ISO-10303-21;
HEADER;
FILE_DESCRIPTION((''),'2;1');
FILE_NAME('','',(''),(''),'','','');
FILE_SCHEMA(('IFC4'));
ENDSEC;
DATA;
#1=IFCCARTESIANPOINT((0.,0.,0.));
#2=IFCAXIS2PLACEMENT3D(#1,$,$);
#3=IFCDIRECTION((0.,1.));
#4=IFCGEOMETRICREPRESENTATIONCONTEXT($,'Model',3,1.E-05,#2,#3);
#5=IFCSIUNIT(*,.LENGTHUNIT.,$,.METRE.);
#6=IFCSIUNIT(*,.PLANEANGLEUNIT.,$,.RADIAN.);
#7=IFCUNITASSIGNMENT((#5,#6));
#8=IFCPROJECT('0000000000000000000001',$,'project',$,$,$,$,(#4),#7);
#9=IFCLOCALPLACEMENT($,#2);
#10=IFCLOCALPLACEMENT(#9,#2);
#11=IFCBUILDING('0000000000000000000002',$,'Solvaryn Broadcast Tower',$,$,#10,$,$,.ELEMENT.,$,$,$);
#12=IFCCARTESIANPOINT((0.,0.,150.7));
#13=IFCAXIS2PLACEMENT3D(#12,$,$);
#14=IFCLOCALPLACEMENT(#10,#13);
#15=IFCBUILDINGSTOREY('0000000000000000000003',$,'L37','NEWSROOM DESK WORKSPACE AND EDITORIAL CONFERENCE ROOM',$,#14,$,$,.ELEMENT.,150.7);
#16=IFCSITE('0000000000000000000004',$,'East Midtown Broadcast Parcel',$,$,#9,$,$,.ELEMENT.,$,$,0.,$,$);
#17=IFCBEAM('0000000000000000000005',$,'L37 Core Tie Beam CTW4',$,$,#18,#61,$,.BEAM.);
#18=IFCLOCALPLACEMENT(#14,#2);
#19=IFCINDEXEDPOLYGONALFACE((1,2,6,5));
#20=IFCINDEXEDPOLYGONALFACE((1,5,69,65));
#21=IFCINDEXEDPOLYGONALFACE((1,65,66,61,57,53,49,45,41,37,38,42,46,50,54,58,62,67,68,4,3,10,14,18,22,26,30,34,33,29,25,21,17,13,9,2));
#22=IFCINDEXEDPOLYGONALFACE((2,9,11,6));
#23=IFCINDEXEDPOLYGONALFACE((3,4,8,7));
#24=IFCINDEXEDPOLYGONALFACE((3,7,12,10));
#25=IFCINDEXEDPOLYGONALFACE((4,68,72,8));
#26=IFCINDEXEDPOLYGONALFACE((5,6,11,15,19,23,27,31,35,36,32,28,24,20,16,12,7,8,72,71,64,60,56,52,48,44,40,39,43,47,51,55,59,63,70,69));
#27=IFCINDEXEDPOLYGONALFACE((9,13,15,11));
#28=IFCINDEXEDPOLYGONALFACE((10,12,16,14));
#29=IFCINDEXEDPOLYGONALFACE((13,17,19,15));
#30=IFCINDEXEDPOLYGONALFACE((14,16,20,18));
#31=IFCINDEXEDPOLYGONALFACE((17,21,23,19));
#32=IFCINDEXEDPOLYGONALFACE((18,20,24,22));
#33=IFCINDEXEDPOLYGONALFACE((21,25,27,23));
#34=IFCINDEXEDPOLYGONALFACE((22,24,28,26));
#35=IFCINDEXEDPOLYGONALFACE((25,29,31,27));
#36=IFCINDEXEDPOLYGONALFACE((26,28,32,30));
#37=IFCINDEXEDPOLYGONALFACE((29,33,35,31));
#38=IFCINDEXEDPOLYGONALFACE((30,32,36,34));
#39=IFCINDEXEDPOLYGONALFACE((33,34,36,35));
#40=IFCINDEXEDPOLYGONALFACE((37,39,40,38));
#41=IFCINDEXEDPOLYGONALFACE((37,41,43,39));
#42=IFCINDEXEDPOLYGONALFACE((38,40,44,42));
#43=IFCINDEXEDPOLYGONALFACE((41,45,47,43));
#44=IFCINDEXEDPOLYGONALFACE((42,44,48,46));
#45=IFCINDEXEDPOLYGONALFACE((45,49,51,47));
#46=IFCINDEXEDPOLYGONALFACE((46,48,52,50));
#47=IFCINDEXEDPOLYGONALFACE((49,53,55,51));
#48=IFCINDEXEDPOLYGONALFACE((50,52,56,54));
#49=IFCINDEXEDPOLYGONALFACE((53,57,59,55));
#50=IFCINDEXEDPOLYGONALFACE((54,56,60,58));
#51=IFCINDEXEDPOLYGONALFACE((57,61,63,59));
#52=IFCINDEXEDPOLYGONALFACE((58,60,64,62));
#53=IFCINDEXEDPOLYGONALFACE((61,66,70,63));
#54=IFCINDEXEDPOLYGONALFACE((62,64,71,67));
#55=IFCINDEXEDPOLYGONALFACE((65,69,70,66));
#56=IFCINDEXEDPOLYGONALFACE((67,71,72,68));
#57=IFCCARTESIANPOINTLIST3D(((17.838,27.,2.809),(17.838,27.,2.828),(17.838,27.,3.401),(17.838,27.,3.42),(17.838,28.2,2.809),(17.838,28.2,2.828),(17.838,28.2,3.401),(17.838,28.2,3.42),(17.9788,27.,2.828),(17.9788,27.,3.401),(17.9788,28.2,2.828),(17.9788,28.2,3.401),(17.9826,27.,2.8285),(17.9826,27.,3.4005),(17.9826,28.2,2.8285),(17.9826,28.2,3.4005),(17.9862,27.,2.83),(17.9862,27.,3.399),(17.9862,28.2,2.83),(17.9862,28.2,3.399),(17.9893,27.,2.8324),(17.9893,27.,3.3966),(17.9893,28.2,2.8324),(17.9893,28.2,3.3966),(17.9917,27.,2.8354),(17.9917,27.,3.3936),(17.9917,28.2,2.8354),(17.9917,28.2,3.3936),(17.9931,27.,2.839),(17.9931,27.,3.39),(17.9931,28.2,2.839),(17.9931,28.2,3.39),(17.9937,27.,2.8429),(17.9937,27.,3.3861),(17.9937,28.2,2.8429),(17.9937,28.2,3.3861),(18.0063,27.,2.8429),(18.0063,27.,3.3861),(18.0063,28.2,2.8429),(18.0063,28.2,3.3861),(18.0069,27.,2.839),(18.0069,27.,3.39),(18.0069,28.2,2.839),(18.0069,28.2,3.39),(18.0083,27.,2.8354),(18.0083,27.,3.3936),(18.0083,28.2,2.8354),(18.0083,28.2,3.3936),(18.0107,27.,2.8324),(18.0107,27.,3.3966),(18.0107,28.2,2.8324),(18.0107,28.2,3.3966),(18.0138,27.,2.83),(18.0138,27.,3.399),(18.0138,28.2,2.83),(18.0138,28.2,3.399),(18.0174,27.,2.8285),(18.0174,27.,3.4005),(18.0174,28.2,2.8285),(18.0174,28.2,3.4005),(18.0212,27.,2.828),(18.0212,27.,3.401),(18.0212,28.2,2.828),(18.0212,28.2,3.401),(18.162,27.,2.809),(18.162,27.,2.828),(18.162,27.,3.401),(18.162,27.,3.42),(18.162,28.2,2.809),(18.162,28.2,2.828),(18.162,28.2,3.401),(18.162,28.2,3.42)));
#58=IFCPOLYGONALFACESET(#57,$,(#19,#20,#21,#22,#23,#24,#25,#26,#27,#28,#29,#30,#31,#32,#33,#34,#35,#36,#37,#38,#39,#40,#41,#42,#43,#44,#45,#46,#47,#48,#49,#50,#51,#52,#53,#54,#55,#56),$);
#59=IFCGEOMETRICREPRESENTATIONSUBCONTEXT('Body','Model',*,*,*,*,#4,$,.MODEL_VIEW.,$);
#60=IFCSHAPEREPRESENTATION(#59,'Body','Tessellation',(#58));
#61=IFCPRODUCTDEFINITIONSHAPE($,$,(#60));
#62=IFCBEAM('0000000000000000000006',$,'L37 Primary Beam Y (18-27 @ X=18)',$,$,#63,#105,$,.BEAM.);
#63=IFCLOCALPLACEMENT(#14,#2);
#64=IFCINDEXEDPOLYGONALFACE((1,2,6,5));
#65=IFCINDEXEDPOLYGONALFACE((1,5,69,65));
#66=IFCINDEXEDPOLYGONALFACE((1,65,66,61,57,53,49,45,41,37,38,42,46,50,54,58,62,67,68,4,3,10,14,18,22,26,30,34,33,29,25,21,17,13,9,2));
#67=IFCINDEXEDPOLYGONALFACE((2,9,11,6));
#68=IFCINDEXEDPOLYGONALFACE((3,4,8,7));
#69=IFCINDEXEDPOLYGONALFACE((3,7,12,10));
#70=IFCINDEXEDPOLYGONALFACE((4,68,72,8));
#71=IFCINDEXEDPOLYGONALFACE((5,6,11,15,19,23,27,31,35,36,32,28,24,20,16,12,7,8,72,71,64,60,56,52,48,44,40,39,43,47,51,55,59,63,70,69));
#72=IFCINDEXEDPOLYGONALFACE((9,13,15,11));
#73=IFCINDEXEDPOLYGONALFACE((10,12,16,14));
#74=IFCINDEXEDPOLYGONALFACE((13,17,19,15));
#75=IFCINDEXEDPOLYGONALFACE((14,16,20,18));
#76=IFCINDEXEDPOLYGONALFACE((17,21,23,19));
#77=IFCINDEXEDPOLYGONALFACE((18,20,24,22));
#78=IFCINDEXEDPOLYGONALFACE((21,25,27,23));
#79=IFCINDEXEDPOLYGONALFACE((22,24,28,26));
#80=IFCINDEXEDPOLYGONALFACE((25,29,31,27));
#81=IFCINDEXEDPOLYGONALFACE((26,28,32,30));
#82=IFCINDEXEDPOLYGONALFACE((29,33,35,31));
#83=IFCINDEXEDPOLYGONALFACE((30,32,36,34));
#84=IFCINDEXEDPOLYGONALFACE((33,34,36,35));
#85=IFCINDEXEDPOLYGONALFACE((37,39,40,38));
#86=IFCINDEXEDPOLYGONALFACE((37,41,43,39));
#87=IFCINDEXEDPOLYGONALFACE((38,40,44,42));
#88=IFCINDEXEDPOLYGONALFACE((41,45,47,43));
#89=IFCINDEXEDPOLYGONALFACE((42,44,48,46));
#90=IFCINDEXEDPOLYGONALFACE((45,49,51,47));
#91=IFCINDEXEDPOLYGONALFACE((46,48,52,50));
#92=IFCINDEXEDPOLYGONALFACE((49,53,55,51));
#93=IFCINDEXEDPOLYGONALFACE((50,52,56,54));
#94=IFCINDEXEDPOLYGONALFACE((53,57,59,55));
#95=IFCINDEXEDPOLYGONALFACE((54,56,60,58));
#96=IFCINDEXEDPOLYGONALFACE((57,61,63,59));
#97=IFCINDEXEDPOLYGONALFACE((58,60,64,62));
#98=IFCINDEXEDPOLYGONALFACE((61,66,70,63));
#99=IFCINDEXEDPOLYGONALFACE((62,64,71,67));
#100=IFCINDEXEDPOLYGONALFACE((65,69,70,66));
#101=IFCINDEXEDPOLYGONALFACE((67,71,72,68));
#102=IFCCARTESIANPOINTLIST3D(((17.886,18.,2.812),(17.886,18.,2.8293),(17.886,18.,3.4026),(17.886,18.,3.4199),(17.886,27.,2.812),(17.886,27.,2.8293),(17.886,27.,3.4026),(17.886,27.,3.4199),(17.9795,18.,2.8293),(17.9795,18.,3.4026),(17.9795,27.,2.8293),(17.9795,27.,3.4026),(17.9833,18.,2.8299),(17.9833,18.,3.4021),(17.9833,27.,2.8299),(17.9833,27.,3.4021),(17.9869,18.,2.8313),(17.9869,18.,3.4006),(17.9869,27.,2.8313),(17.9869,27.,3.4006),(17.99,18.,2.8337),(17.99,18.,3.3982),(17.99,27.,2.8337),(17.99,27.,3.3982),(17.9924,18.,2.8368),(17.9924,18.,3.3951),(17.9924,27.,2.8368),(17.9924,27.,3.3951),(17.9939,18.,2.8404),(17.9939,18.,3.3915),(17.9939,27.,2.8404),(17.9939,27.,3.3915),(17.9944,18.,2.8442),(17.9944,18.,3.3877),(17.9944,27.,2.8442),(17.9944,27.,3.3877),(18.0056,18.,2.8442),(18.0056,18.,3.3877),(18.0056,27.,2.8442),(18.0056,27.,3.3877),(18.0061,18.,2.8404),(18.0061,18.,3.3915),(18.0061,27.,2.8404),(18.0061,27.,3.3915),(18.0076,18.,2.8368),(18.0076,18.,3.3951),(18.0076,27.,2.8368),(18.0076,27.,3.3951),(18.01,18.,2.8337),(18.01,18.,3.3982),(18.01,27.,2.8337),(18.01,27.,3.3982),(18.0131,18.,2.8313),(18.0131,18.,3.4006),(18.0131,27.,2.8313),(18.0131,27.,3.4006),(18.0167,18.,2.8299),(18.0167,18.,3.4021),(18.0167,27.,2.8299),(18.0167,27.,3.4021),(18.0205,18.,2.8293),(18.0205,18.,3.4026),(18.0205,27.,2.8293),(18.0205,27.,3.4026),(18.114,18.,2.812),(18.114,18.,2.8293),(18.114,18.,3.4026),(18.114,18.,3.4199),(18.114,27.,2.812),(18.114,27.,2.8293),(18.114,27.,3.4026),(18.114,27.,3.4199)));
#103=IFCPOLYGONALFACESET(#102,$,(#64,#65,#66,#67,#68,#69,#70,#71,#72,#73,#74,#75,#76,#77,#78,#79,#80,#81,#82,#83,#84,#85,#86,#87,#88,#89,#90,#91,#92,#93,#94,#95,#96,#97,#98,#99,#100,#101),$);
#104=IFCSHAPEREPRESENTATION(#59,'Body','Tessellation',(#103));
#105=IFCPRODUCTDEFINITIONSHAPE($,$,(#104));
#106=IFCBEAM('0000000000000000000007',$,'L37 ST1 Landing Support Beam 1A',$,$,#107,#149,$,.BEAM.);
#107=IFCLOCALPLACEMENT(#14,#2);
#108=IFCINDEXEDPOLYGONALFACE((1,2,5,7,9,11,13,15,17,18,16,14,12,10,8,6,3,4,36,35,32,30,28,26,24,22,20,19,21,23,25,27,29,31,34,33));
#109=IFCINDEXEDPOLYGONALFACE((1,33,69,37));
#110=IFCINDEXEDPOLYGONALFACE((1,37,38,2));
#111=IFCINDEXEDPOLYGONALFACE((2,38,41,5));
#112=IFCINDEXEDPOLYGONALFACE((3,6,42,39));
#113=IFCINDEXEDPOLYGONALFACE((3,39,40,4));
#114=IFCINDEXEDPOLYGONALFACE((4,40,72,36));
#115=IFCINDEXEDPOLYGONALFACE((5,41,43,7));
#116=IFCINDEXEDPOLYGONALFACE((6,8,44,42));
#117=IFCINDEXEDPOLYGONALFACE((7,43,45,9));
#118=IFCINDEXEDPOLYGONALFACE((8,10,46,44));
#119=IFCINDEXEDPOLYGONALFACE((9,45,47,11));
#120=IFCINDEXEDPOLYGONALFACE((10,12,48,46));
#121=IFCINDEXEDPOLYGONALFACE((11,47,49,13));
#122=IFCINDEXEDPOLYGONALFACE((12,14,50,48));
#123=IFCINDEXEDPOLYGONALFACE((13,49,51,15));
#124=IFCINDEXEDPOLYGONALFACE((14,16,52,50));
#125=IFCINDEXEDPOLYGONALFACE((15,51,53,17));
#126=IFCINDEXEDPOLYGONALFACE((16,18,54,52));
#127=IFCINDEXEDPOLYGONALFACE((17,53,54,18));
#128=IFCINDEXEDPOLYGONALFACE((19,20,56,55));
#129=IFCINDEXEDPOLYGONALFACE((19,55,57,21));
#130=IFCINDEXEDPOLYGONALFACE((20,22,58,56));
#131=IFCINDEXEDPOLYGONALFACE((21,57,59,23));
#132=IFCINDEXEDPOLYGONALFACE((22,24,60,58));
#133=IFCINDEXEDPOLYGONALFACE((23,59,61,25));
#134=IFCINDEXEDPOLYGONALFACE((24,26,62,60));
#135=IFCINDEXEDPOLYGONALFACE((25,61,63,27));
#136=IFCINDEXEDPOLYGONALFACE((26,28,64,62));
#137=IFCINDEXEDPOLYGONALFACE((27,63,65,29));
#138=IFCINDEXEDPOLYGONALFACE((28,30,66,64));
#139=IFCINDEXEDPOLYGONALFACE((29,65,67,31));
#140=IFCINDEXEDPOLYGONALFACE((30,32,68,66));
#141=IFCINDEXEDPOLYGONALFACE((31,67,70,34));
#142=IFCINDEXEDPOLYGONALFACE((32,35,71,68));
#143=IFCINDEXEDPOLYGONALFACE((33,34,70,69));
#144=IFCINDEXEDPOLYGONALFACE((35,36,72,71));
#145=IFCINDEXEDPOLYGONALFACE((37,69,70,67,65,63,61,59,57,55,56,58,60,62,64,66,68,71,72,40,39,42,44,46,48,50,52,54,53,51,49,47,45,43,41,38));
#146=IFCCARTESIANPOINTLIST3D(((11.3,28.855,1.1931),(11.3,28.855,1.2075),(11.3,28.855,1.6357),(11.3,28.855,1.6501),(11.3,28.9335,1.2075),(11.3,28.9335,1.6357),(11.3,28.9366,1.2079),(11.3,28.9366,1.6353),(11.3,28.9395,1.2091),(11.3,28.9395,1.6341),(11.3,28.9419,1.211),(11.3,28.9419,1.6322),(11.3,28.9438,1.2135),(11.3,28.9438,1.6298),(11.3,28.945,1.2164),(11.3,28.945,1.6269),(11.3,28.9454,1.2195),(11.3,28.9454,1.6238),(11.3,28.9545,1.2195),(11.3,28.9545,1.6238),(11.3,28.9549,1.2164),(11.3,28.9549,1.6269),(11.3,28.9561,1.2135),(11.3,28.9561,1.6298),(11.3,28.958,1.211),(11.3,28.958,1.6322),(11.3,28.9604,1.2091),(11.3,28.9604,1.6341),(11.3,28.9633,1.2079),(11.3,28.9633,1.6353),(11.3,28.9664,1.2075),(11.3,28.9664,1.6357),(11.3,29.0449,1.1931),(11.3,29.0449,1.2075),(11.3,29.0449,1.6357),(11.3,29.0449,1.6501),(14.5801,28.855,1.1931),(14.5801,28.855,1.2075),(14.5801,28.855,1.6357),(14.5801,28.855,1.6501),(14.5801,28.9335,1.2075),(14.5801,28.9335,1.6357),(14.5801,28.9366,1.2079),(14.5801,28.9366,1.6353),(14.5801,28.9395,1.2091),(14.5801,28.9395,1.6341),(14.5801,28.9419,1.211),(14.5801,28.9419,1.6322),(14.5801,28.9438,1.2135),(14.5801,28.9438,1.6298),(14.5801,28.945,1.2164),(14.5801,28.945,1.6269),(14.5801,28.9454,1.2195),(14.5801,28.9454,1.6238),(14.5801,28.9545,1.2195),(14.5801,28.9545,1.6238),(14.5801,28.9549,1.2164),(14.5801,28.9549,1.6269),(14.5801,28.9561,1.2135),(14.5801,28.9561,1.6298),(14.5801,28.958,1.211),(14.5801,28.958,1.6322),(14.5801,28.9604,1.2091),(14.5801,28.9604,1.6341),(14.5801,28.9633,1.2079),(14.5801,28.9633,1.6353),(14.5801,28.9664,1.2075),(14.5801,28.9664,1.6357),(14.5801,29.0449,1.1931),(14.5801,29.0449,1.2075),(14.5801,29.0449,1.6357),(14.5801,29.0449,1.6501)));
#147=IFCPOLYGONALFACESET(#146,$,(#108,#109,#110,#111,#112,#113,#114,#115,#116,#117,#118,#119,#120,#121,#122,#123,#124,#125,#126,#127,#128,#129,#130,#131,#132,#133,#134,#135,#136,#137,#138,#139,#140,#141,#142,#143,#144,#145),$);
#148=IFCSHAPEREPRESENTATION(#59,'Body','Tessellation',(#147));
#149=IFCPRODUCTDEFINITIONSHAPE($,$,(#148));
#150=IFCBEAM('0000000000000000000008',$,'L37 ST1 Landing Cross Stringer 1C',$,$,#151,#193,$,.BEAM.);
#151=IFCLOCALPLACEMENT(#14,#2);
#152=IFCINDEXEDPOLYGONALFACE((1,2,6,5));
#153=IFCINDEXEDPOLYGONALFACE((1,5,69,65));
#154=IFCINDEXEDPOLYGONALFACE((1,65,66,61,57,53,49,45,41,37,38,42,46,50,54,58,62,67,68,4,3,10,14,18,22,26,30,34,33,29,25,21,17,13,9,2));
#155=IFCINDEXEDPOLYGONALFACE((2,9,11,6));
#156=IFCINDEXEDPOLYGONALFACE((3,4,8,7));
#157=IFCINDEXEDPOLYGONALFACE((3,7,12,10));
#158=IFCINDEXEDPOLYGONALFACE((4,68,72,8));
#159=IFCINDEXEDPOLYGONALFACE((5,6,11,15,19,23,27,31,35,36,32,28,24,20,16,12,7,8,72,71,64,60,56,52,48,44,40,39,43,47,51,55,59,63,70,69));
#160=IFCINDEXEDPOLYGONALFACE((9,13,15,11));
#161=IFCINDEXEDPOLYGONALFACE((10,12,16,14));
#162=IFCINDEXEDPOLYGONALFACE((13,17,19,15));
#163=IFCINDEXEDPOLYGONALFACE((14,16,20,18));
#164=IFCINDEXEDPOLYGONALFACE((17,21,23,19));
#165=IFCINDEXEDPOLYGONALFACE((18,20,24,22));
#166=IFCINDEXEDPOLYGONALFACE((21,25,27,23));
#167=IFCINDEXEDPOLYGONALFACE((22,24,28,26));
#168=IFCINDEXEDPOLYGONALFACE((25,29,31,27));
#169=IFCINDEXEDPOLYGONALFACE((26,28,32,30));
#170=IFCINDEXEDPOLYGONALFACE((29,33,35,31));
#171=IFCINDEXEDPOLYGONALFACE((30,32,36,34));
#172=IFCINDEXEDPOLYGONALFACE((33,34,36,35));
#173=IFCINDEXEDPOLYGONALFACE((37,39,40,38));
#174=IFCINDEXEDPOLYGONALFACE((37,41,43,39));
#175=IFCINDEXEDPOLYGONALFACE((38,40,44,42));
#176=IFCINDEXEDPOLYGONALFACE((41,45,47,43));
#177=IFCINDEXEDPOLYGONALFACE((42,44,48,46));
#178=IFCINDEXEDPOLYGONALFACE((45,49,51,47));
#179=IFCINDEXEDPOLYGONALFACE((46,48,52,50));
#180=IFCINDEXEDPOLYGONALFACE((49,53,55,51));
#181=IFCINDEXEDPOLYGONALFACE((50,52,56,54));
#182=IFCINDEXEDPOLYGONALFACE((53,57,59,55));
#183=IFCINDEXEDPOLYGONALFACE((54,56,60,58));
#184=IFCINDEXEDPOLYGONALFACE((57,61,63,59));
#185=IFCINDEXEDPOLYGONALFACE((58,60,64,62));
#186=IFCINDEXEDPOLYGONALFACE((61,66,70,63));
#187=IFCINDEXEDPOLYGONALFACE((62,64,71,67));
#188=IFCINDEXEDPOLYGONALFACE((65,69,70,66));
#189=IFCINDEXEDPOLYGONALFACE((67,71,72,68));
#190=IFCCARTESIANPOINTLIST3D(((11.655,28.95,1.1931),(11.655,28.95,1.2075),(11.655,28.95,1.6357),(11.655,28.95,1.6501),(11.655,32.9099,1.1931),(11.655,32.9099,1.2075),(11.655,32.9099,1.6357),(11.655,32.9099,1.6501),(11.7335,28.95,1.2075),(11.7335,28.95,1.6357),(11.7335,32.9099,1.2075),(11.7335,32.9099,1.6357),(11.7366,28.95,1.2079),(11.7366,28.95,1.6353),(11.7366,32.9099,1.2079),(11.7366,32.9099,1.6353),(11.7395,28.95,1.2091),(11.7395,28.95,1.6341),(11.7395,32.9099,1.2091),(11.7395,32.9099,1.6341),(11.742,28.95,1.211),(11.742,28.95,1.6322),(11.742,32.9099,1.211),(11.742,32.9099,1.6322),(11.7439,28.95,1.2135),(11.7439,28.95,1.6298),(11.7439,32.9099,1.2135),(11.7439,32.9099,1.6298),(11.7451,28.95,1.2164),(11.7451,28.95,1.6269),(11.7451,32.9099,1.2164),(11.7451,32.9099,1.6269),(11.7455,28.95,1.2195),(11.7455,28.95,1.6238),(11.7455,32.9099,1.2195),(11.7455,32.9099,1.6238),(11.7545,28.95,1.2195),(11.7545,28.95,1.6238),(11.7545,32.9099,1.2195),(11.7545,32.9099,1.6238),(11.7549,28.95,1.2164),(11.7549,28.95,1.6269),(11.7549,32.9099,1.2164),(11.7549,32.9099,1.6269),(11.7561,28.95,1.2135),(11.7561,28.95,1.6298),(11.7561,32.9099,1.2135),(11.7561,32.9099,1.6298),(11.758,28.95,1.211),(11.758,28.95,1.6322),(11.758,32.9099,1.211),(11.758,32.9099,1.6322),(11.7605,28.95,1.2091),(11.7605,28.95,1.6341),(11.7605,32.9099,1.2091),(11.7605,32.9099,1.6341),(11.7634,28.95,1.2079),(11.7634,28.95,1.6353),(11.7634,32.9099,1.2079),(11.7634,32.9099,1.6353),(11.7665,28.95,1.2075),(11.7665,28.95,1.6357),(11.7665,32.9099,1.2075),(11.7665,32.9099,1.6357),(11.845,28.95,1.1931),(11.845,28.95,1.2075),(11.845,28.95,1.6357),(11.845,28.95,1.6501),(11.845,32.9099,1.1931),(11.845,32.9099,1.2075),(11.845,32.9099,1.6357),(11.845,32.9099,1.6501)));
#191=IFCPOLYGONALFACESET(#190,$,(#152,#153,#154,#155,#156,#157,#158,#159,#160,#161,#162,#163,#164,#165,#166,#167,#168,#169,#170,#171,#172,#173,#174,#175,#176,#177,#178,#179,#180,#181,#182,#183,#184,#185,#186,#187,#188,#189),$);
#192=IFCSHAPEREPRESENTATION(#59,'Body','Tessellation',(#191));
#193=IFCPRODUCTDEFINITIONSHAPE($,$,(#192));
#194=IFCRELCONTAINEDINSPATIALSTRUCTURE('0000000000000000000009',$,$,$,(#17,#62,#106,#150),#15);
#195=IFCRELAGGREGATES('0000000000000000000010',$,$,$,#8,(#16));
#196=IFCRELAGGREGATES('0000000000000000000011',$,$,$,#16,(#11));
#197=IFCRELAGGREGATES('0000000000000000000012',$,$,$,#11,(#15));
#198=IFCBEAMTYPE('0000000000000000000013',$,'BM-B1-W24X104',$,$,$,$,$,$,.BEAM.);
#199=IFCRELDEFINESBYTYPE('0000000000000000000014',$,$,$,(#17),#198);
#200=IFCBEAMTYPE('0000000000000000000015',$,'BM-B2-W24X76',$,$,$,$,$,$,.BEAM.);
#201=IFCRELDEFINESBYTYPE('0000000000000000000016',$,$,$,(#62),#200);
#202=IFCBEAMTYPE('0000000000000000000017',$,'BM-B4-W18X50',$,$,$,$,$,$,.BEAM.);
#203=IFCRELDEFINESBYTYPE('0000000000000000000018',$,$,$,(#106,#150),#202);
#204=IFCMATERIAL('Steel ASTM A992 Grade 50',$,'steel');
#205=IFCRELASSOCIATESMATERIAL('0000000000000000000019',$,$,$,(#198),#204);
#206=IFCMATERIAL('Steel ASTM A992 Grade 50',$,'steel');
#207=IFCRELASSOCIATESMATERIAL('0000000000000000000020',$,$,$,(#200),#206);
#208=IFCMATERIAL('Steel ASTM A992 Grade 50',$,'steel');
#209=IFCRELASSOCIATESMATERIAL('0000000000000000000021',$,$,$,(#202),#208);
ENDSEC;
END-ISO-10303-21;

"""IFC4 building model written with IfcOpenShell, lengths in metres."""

from ifc_helpers import new_model, si_unit, direction, frame, origin, origin_2d, place, context, subcontext, project, spatial, i_section, extrude, material, material_profile, profile_set, type_object, element, save


model = new_model("IFC4")

# Units and contexts
model_context = context("Model", 3, precision=1e-05, world=origin(), true_north=direction((0.0, 1.0)))
body_context = subcontext(model_context, "Body", "Model", "MODEL_VIEW")
ifc_project = project(units=[si_unit("LENGTHUNIT", "METRE"), si_unit("PLANEANGLEUNIT", "RADIAN")], contexts=[model_context])

# Site, building, storey
site_placement = place(None, origin())
site = spatial("IfcSite", under=ifc_project, at=site_placement, Name="East Midtown Broadcast Parcel", CompositionType="ELEMENT", RefElevation=0.0)
building_placement = place(site_placement, origin())
building = spatial("IfcBuilding", under=site, at=building_placement, Name="Solvaryn Broadcast Tower", CompositionType="ELEMENT")
storey_placement = place(building_placement, frame((0.0, 0.0, 150.7)))
storey = spatial("IfcBuildingStorey", under=building, at=storey_placement, Name="L37", Description="NEWSROOM DESK WORKSPACE AND EDITORIAL CONFERENCE ROOM", CompositionType="ELEMENT", Elevation=150.7)

# Beams
ifc_material_1 = material(Name="Steel ASTM A992 Grade 50", Category="steel")
ifc_material_profile_1 = material_profile(ifc_material_1, i_section(OverallWidth=0.324, OverallDepth=0.6111, WebThickness=0.0127, FlangeThickness=0.019, FilletRadius=0.0149, at=origin_2d()))
ifc_profile_set_1 = profile_set([ifc_material_profile_1], Name="Steel ASTM A992 Grade 50")
beam_type_1 = type_object("IfcBeamType", Name="BM-B1-W24X104", PredefinedType="BEAM", material=ifc_profile_set_1)
beam_1_placement = place(storey_placement, frame((18.0, 27.0, 3.1145), z_axis=(0.0, 1.0, 0.0), x_axis=(-1.0, 0.0, 0.0)))
element("IfcBeam", 1, at=beam_1_placement, inside=storey, type_object=beam_type_1, Name="L37 Core Tie Beam CTW4", PredefinedType="BEAM", context=body_context, shape_type="SweptSolid", body=[
    extrude(i_section(OverallWidth=0.324, OverallDepth=0.6111, WebThickness=0.0127, FlangeThickness=0.019, FilletRadius=0.0149, at=origin_2d()), origin(), (0.0, 0.0, 1.0), 1.2),
])
ifc_material_2 = material(Name="Steel ASTM A992 Grade 50", Category="steel")
ifc_material_profile_2 = material_profile(ifc_material_2, i_section(OverallWidth=0.228, OverallDepth=0.6079, WebThickness=0.0112, FlangeThickness=0.0173, FilletRadius=0.0149, at=origin_2d()))
ifc_profile_set_2 = profile_set([ifc_material_profile_2], Name="Steel ASTM A992 Grade 50")
beam_type_2 = type_object("IfcBeamType", Name="BM-B2-W24X76", PredefinedType="BEAM", material=ifc_profile_set_2)
beam_2_placement = place(storey_placement, frame((18.0, 18.0, 3.116), z_axis=(0.0, 1.0, 0.0), x_axis=(-1.0, 0.0, 0.0)))
element("IfcBeam", 2, at=beam_2_placement, inside=storey, type_object=beam_type_2, Name="L37 Primary Beam Y (18-27 @ X=18)", PredefinedType="BEAM", context=body_context, shape_type="SweptSolid", body=[
    extrude(i_section(OverallWidth=0.228, OverallDepth=0.6079, WebThickness=0.0112, FlangeThickness=0.0173, FilletRadius=0.0149, at=origin_2d()), origin(), (0.0, 0.0, 1.0), 9.0),
])
ifc_material_3 = material(Name="Steel ASTM A992 Grade 50", Category="steel")
ifc_material_profile_3 = material_profile(ifc_material_3, i_section(OverallWidth=0.1899, OverallDepth=0.457, WebThickness=0.009, FlangeThickness=0.0144, FilletRadius=0.012, at=origin_2d()))
ifc_profile_set_3 = profile_set([ifc_material_profile_3], Name="Steel ASTM A992 Grade 50")
beam_type_3 = type_object("IfcBeamType", Name="BM-B4-W18X50", PredefinedType="BEAM", material=ifc_profile_set_3)
beam_3_placement = place(storey_placement, frame((11.3, 28.95, 1.4216), z_axis=(1.0, 0.0, 0.0), x_axis=(0.0, 1.0, 0.0)))
element("IfcBeam", 3, at=beam_3_placement, inside=storey, type_object=beam_type_3, Name="L37 ST1 Landing Support Beam 1A", PredefinedType="BEAM", context=body_context, shape_type="SweptSolid", body=[
    extrude(i_section(OverallWidth=0.1899, OverallDepth=0.457, WebThickness=0.009, FlangeThickness=0.0144, FilletRadius=0.012, at=origin_2d()), origin(), (0.0, 0.0, 1.0), 3.28),
])
beam_4_placement = place(storey_placement, frame((11.75, 28.95, 1.4216), z_axis=(0.0, 1.0, 0.0), x_axis=(-1.0, 0.0, 0.0)))
element("IfcBeam", 4, at=beam_4_placement, inside=storey, type_object=beam_type_3, Name="L37 ST1 Landing Cross Stringer 1C", PredefinedType="BEAM", context=body_context, shape_type="SweptSolid", body=[
    extrude(i_section(OverallWidth=0.1899, OverallDepth=0.457, WebThickness=0.009, FlangeThickness=0.0144, FilletRadius=0.012, at=origin_2d()), origin(), (0.0, 0.0, 1.0), 3.96),
])

save(model, "model.ifc")
